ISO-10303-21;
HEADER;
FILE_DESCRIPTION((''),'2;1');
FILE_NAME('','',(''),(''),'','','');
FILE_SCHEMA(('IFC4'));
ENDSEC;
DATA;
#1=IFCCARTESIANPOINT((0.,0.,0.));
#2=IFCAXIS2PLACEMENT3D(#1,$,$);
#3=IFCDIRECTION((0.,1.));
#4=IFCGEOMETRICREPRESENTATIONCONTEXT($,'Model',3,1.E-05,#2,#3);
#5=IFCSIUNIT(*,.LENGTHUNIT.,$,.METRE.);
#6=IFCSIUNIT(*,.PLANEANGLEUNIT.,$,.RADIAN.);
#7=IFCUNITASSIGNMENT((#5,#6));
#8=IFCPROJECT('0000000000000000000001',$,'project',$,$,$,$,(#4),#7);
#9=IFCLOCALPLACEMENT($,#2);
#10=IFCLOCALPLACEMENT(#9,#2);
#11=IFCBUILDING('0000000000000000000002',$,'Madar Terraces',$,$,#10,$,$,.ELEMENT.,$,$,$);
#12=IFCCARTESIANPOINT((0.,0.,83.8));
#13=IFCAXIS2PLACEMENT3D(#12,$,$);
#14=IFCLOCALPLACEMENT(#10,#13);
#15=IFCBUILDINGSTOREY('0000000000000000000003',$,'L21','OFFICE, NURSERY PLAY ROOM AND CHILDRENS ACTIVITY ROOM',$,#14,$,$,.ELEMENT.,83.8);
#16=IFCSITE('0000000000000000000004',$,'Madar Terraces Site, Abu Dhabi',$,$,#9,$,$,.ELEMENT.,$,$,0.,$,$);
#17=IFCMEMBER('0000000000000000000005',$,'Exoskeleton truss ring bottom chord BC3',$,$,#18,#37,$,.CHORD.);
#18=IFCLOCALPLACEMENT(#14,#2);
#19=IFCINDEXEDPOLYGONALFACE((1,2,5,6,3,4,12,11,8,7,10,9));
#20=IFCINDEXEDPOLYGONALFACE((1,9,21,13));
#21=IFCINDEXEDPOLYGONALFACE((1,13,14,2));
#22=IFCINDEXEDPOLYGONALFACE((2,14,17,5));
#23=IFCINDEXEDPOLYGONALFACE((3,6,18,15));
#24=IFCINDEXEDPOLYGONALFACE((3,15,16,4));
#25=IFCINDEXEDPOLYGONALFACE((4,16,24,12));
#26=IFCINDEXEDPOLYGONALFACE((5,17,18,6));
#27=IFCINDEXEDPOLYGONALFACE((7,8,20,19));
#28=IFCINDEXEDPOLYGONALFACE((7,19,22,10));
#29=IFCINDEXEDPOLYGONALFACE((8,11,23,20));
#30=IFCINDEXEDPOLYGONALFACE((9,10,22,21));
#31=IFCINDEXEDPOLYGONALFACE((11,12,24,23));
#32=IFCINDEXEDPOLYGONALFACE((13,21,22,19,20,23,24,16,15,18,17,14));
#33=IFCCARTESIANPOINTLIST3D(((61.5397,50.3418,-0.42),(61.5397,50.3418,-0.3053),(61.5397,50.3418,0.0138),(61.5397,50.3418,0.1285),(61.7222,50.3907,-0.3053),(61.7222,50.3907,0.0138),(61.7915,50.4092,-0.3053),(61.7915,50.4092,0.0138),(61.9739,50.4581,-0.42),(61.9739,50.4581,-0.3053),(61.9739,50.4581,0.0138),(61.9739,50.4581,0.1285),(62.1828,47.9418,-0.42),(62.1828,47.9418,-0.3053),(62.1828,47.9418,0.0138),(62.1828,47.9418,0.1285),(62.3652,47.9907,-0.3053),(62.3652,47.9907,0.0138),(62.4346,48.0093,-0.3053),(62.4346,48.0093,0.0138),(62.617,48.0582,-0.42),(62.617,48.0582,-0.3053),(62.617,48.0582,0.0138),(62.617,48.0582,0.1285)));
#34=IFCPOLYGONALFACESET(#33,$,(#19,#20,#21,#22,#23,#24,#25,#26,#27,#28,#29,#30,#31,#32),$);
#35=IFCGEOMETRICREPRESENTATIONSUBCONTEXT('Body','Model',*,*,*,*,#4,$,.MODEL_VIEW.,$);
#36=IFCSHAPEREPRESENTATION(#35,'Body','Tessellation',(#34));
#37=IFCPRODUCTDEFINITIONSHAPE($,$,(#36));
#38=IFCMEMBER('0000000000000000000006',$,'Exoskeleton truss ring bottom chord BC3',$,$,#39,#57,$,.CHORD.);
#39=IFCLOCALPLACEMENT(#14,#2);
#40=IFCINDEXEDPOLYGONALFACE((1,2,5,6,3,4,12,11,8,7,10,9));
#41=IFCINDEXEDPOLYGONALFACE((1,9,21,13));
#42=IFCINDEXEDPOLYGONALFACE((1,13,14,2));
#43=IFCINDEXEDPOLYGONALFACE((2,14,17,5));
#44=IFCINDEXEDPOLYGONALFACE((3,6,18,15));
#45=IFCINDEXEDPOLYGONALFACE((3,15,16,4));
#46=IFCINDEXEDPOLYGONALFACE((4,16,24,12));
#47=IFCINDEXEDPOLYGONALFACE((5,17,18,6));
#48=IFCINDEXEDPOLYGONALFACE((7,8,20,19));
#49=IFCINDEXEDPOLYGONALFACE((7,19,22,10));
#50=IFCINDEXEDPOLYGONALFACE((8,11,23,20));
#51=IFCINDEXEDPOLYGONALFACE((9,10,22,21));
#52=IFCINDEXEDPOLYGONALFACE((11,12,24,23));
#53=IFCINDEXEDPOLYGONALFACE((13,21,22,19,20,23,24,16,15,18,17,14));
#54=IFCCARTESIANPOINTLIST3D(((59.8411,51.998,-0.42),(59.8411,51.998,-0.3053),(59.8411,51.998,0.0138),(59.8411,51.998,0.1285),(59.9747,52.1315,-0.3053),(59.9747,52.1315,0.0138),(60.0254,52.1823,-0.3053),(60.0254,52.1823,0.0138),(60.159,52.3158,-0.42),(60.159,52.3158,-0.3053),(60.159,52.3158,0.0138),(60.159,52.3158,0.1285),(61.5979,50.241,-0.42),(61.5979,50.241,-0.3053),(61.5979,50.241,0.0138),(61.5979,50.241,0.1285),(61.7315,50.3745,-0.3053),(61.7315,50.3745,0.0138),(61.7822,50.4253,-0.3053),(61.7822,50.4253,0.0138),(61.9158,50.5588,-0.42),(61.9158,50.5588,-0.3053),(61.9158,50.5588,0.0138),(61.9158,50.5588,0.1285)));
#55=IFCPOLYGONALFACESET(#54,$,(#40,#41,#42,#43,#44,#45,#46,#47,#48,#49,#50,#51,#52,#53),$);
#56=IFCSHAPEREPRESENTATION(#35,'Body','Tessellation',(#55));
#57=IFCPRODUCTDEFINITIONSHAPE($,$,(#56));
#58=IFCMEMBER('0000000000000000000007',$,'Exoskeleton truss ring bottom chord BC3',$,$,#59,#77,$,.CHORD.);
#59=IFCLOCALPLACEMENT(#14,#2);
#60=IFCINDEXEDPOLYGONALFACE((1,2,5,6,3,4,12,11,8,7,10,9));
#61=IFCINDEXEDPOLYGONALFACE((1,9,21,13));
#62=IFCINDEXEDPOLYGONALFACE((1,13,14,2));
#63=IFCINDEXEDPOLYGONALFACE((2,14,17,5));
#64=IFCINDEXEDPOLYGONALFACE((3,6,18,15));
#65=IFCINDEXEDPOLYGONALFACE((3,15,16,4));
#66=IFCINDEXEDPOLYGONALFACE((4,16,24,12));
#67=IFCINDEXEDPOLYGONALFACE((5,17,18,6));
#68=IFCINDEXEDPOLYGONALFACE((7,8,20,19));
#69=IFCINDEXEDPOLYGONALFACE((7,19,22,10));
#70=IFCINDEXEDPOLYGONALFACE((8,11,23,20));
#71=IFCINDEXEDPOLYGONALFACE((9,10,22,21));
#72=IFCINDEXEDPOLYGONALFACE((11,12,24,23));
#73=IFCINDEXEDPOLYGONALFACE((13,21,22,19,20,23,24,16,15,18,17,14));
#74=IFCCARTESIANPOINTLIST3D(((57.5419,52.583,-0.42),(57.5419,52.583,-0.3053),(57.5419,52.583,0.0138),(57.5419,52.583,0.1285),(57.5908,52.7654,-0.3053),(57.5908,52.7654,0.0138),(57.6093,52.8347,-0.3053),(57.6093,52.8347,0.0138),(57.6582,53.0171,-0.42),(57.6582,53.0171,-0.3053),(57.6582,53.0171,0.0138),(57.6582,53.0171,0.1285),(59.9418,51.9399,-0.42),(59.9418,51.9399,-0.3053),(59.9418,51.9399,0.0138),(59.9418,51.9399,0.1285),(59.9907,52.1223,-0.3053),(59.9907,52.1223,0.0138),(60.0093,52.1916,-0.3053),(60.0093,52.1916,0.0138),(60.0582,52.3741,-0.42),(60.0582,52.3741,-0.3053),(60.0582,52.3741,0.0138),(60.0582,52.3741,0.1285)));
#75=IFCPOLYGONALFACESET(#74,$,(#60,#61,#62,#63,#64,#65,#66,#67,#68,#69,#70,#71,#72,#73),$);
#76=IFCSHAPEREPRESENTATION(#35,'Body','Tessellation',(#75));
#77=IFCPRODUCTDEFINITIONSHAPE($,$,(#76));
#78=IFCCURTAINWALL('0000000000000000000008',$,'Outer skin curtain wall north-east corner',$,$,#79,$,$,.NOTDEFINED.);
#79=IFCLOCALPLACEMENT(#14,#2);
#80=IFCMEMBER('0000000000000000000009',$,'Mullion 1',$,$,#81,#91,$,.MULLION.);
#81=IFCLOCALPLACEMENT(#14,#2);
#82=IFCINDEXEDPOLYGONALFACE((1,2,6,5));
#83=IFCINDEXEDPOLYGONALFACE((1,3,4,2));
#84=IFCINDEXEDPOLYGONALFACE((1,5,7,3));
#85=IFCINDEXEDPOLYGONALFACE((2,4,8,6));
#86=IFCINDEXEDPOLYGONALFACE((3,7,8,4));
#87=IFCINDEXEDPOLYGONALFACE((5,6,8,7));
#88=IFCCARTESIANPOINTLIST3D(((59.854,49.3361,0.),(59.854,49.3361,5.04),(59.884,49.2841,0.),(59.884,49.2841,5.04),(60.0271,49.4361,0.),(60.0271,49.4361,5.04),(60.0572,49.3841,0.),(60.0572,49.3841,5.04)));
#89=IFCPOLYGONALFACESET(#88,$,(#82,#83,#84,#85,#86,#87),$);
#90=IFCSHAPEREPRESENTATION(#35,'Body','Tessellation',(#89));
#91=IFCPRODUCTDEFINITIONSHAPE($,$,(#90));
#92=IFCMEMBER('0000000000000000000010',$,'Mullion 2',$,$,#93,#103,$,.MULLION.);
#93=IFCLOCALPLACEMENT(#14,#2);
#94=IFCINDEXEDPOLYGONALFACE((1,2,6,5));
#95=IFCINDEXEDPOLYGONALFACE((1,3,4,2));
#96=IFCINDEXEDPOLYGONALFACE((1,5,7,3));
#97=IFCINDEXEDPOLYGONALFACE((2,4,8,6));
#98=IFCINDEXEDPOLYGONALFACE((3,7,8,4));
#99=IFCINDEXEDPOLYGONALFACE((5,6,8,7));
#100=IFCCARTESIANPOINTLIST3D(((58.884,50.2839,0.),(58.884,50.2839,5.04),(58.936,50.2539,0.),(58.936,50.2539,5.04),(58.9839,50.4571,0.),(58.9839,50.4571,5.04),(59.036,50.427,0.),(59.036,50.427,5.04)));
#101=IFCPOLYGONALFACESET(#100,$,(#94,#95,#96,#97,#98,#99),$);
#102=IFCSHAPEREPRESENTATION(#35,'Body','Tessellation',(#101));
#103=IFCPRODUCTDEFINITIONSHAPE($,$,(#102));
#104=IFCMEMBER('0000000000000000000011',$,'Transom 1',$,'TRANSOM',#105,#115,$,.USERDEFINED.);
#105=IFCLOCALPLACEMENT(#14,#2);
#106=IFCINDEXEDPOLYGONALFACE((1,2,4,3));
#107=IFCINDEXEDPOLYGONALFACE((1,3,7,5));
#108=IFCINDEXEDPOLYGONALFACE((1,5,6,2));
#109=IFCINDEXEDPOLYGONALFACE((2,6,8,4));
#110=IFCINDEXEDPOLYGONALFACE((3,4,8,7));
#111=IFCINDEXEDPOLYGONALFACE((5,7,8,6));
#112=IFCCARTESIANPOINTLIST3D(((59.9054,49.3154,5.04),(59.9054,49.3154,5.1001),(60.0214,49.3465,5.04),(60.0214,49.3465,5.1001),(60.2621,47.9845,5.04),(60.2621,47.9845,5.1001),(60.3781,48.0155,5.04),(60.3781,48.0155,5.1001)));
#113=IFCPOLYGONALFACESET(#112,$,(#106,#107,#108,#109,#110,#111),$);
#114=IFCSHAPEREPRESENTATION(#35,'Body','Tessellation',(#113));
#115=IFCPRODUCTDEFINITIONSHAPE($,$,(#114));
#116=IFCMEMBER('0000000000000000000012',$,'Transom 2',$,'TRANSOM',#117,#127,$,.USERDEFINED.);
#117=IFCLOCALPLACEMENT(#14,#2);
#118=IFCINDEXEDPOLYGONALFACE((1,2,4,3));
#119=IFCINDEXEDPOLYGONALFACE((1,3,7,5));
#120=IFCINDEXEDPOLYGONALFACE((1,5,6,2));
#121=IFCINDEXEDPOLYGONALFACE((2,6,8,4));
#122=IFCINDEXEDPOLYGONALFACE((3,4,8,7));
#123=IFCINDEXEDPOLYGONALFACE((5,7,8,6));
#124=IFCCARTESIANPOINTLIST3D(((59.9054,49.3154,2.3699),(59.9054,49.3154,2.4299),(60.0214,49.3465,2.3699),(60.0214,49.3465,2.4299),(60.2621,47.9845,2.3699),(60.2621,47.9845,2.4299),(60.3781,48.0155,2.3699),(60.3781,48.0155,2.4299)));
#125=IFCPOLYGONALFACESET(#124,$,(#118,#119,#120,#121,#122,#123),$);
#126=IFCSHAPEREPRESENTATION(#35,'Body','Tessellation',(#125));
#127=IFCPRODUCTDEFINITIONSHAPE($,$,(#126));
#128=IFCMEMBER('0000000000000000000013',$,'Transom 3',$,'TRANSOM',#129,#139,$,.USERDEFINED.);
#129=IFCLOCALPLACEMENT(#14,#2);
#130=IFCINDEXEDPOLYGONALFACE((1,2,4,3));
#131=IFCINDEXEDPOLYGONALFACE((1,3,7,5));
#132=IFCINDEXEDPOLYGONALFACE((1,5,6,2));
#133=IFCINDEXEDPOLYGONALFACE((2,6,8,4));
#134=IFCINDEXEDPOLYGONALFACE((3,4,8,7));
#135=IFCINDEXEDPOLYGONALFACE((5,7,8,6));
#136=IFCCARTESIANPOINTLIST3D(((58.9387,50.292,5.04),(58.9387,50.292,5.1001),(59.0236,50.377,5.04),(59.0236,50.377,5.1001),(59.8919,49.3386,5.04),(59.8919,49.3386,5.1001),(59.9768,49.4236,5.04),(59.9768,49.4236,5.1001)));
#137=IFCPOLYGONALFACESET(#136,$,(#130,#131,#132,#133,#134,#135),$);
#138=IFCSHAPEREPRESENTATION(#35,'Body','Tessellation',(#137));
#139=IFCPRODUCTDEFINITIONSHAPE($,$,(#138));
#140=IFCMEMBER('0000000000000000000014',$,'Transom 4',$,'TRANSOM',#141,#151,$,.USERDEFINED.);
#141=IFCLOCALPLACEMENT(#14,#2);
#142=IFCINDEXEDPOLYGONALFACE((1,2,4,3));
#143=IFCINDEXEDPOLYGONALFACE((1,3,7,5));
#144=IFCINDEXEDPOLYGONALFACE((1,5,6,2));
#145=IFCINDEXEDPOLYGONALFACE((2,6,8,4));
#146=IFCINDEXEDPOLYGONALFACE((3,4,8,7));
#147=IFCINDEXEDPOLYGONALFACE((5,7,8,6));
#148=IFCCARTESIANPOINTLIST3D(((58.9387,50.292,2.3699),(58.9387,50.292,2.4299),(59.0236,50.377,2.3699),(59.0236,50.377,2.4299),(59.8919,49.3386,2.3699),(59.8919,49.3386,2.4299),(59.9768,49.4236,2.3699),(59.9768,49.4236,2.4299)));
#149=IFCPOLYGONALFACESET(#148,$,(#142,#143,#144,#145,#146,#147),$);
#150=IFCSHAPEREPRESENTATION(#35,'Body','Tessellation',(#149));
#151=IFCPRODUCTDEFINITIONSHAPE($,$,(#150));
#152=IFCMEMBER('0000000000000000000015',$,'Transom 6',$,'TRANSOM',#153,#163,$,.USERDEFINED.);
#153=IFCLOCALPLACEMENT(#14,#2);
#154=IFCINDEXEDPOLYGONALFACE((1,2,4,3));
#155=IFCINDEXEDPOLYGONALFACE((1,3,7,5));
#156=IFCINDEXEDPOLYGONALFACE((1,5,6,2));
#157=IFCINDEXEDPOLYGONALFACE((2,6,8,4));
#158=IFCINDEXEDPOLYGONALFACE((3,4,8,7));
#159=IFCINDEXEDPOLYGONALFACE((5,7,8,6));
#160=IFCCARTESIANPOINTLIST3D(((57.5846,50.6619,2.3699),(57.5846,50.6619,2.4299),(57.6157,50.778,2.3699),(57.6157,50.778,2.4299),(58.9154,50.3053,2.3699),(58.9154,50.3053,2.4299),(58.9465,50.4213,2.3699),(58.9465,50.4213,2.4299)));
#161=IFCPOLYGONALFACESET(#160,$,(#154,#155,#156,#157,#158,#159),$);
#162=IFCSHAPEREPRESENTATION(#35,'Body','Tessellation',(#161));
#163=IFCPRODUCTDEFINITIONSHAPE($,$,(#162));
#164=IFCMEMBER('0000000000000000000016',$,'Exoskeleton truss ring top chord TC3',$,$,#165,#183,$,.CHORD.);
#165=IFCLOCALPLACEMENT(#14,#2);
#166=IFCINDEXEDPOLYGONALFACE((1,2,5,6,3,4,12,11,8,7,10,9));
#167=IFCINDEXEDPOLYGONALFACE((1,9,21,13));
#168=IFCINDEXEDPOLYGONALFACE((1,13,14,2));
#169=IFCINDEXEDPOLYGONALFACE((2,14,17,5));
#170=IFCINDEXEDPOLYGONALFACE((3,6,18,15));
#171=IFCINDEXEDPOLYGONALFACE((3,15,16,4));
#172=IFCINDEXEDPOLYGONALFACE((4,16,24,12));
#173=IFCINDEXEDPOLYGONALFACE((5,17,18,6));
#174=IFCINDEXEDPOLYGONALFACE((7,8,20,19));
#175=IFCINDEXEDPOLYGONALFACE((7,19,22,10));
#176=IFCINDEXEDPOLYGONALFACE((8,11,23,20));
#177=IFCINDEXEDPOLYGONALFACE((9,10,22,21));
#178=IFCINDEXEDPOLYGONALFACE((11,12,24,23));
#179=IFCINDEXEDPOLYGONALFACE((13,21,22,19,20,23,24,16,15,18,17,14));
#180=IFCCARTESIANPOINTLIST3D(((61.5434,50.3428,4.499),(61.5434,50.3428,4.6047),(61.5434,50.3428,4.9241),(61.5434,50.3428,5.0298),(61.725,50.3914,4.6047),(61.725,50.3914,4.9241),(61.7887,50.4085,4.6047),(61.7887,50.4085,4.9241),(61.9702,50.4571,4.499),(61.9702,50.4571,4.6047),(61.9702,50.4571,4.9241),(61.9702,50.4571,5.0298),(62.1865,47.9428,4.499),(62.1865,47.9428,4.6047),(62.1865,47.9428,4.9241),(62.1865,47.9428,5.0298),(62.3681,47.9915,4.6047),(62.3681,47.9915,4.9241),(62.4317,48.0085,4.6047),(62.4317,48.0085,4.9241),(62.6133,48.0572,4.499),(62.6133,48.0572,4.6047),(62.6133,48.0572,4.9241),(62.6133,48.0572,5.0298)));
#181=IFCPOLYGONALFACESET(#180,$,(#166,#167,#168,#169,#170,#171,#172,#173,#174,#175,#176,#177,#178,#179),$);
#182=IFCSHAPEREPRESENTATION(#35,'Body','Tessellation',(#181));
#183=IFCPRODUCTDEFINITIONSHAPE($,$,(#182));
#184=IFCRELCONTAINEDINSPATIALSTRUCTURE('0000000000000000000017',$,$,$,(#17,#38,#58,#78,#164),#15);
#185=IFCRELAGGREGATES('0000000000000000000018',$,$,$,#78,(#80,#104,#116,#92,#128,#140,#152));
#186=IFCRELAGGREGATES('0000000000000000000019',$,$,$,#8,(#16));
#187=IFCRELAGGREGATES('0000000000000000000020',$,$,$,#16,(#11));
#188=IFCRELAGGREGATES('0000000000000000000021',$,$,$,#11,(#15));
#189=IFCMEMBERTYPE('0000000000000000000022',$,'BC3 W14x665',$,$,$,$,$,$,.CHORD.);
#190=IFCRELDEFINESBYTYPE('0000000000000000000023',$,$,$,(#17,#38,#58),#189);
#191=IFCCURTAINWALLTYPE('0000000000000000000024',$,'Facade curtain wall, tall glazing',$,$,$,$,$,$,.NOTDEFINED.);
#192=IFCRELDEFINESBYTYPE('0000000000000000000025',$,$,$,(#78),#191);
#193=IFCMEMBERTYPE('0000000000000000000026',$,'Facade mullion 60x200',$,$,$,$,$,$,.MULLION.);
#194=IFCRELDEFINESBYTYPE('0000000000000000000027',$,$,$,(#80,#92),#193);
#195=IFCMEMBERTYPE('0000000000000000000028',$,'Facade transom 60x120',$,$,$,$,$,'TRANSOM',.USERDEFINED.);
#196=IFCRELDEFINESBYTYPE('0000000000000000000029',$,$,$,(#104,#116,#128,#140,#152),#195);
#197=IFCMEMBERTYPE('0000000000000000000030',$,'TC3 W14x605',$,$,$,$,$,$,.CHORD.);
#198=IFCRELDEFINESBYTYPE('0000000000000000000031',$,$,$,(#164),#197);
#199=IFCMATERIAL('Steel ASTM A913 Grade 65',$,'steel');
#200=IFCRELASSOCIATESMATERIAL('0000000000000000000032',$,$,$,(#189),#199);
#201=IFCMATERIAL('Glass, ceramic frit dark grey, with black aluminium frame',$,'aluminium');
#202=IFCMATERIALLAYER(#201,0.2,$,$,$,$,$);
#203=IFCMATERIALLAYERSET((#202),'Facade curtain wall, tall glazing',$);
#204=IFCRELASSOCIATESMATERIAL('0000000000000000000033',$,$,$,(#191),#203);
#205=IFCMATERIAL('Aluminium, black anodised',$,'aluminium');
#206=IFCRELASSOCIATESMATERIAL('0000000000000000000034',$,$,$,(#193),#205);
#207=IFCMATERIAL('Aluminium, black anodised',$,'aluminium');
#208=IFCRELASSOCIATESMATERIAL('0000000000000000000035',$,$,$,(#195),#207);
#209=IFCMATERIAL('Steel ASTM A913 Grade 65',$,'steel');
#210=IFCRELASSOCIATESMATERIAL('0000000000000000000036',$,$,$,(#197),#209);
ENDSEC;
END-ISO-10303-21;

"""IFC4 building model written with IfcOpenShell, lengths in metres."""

from ifc_helpers import new_model, si_unit, direction, frame, origin, origin_2d, place, context, subcontext, project, spatial, rectangle, i_section, extrude, material, layer, layer_set, material_profile, profile_set, type_object, element, aggregate, save


model = new_model("IFC4")

# Units and contexts
model_context = context("Model", 3, precision=1e-05, world=origin(), true_north=direction((0.0, 1.0)))
body_context = subcontext(model_context, "Body", "Model", "MODEL_VIEW")
ifc_project = project(units=[si_unit("LENGTHUNIT", "METRE"), si_unit("PLANEANGLEUNIT", "RADIAN")], contexts=[model_context])

# Site, building, storey
site_placement = place(None, origin())
site = spatial("IfcSite", under=ifc_project, at=site_placement, Name="Madar Terraces Site, Abu Dhabi", CompositionType="ELEMENT", RefElevation=0.0)
building_placement = place(site_placement, origin())
building = spatial("IfcBuilding", under=site, at=building_placement, Name="Madar Terraces", CompositionType="ELEMENT")
storey_placement = place(building_placement, frame((0.0, 0.0, 83.8)))
storey = spatial("IfcBuildingStorey", under=building, at=storey_placement, Name="L21", Description="OFFICE, NURSERY PLAY ROOM AND CHILDRENS ACTIVITY ROOM", CompositionType="ELEMENT", Elevation=83.8)

# Members
ifc_material_1 = material(Name="Steel ASTM A913 Grade 65", Category="steel")
ifc_material_profile_1 = material_profile(ifc_material_1, i_section(OverallWidth=0.4495, OverallDepth=0.5486, WebThickness=0.0718, FlangeThickness=0.1147, at=origin_2d()), Name="W14x665")
ifc_profile_set_1 = profile_set([ifc_material_profile_1], Name="Steel ASTM A913 Grade 65")
member_type_1 = type_object("IfcMemberType", Name="BC3 W14x665", PredefinedType="CHORD", material=ifc_profile_set_1)
for number, where, z_axis, x_axis, name in (
    (1, (62.3999, 48.0, -0.1458), (-0.258824, 0.965924, 0.0), (-0.965924, -0.258824, 0.0), "Exoskeleton truss ring bottom chord BC3"),
    (2, (61.7568, 50.3999, -0.1458), (-0.707058, 0.707156, 0.0), (-0.707156, -0.707058, 0.0), "Exoskeleton truss ring bottom chord BC3"),
    (3, (60.0, 52.157, -0.1458), (-0.965924, 0.258824, 0.0), (-0.258824, -0.965924, 0.0), "Exoskeleton truss ring bottom chord BC3"),
):
    element("IfcMember", number, at=place(storey_placement, frame(where, z_axis=z_axis, x_axis=x_axis)), inside=storey, type_object=member_type_1, Name=name, PredefinedType="CHORD", context=body_context, shape_type="SweptSolid", body=[
        extrude(i_section(OverallWidth=0.4495, OverallDepth=0.5486, WebThickness=0.0718, FlangeThickness=0.1147, at=origin_2d()), origin(), (0.0, 0.0, 1.0), 2.4846),
    ])

# Curtain wall, members
ifc_material_2 = material(Name="Glass, ceramic frit dark grey, with black aluminium frame", Category="aluminium")
ifc_layer_1 = layer(ifc_material_2, 0.2)
ifc_layer_set_1 = layer_set([ifc_layer_1], Name="Facade curtain wall, tall glazing")
curtain_wall_type = type_object("IfcCurtainWallType", Name="Facade curtain wall, tall glazing", PredefinedType="NOTDEFINED", material=ifc_layer_set_1)
curtain_wall_1_placement = place(storey_placement, origin())
curtain_wall_1 = element("IfcCurtainWall", 4, at=curtain_wall_1_placement, inside=storey, type_object=curtain_wall_type, Name="Outer skin curtain wall north-east corner", PredefinedType="NOTDEFINED")
ifc_material_3 = material(Name="Aluminium, black anodised", Category="aluminium")
ifc_material_profile_2 = material_profile(ifc_material_3, rectangle(XDim=0.2, YDim=0.0601, at=origin_2d()), Name="Facade mullion 60x200")
ifc_profile_set_2 = profile_set([ifc_material_profile_2], Name="Aluminium, black anodised")
member_type_2 = type_object("IfcMemberType", Name="Facade mullion 60x200", PredefinedType="MULLION", material=ifc_profile_set_2)
member_1_placement = place(storey_placement, frame((59.9556, 49.3601, 0.0), z_axis=(0.0, 0.0, 1.0), x_axis=(-0.866025, -0.5, 0.0)))
member_1 = element("IfcMember", 5, at=member_1_placement, type_object=member_type_2, Name="Mullion 1", PredefinedType="MULLION", context=body_context, shape_type="SweptSolid", body=[
    extrude(rectangle(XDim=0.2, YDim=0.0601, at=origin_2d()), origin(), (0.0, 0.0, 1.0), 5.04),
])
member_2_placement = place(storey_placement, frame((58.96, 50.3555, 0.0), z_axis=(0.0, 0.0, 1.0), x_axis=(-0.5, -0.866025, 0.0)))
member_2 = element("IfcMember", 6, at=member_2_placement, type_object=member_type_2, Name="Mullion 2", PredefinedType="MULLION", context=body_context, shape_type="SweptSolid", body=[
    extrude(rectangle(XDim=0.2, YDim=0.0601, at=origin_2d()), origin(), (0.0, 0.0, 1.0), 5.04),
])
ifc_material_4 = material(Name="Aluminium, black anodised", Category="aluminium")
ifc_material_profile_3 = material_profile(ifc_material_4, rectangle(XDim=0.1201, YDim=0.0601, at=origin_2d()), Name="Facade transom 60x120")
ifc_profile_set_3 = profile_set([ifc_material_profile_3], Name="Aluminium, black anodised")
member_type_3 = type_object("IfcMemberType", Name="Facade transom 60x120", ElementType="TRANSOM", PredefinedType="USERDEFINED", material=ifc_profile_set_3)
member_3_placement = place(storey_placement, frame((60.3201, 48.0, 5.0701), z_axis=(-0.258842, 0.96592, 0.0), x_axis=(-0.96592, -0.258842, 0.0)))
member_3 = element("IfcMember", 7, at=member_3_placement, type_object=member_type_3, Name="Transom 1", ObjectType="TRANSOM", PredefinedType="USERDEFINED", context=body_context, shape_type="SweptSolid", body=[
    extrude(rectangle(XDim=0.1201, YDim=0.0601, at=origin_2d()), origin(), (0.0, 0.0, 1.0), 1.3779),
])
member_4_placement = place(storey_placement, frame((60.3201, 48.0, 2.3999), z_axis=(-0.258842, 0.96592, 0.0), x_axis=(-0.96592, -0.258842, 0.0)))
member_4 = element("IfcMember", 8, at=member_4_placement, type_object=member_type_3, Name="Transom 2", ObjectType="TRANSOM", PredefinedType="USERDEFINED", context=body_context, shape_type="SweptSolid", body=[
    extrude(rectangle(XDim=0.1201, YDim=0.0601, at=origin_2d()), origin(), (0.0, 0.0, 1.0), 1.3779),
])
member_5_placement = place(storey_placement, frame((59.9343, 49.3811, 5.0701), z_axis=(-0.707016, 0.707197, 0.0), x_axis=(-0.707197, -0.707016, 0.0)))
member_5 = element("IfcMember", 9, at=member_5_placement, type_object=member_type_3, Name="Transom 3", ObjectType="TRANSOM", PredefinedType="USERDEFINED", context=body_context, shape_type="SweptSolid", body=[
    extrude(rectangle(XDim=0.1201, YDim=0.0601, at=origin_2d()), origin(), (0.0, 0.0, 1.0), 1.3481),
])
member_6_placement = place(storey_placement, frame((59.9343, 49.3811, 2.3999), z_axis=(-0.707016, 0.707197, 0.0), x_axis=(-0.707197, -0.707016, 0.0)))
member_6 = element("IfcMember", 10, at=member_6_placement, type_object=member_type_3, Name="Transom 4", ObjectType="TRANSOM", PredefinedType="USERDEFINED", context=body_context, shape_type="SweptSolid", body=[
    extrude(rectangle(XDim=0.1201, YDim=0.0601, at=origin_2d()), origin(), (0.0, 0.0, 1.0), 1.3481),
])
member_7_placement = place(storey_placement, frame((58.9309, 50.3633, 2.3999), z_axis=(-0.965908, 0.258887, 0.0), x_axis=(-0.258887, -0.965908, 0.0)))
member_7 = element("IfcMember", 11, at=member_7_placement, type_object=member_type_3, Name="Transom 6", ObjectType="TRANSOM", PredefinedType="USERDEFINED", context=body_context, shape_type="SweptSolid", body=[
    extrude(rectangle(XDim=0.1201, YDim=0.0601, at=origin_2d()), origin(), (0.0, 0.0, 1.0), 1.3777),
])

# Member
ifc_material_5 = material(Name="Steel ASTM A913 Grade 65", Category="steel")
ifc_material_profile_4 = material_profile(ifc_material_5, i_section(OverallWidth=0.4419, OverallDepth=0.5308, WebThickness=0.0659, FlangeThickness=0.1057, at=origin_2d()), Name="W14x605")
ifc_profile_set_4 = profile_set([ifc_material_profile_4], Name="Steel ASTM A913 Grade 65")
member_type_4 = type_object("IfcMemberType", Name="TC3 W14x605", PredefinedType="CHORD", material=ifc_profile_set_4)
for number, where, z_axis, x_axis, name in (
    (12, (62.3999, 48.0, 4.7644), (-0.258824, 0.965924, 0.0), (-0.965924, -0.258824, 0.0), "Exoskeleton truss ring top chord TC3"),
):
    element("IfcMember", number, at=place(storey_placement, frame(where, z_axis=z_axis, x_axis=x_axis)), inside=storey, type_object=member_type_4, Name=name, PredefinedType="CHORD", context=body_context, shape_type="SweptSolid", body=[
        extrude(i_section(OverallWidth=0.4419, OverallDepth=0.5308, WebThickness=0.0659, FlangeThickness=0.1057, at=origin_2d()), origin(), (0.0, 0.0, 1.0), 2.4846),
    ])

aggregate(curtain_wall_1, [member_1, member_3, member_4, member_2, member_5, member_6, member_7])

save(model, "model.ifc")
